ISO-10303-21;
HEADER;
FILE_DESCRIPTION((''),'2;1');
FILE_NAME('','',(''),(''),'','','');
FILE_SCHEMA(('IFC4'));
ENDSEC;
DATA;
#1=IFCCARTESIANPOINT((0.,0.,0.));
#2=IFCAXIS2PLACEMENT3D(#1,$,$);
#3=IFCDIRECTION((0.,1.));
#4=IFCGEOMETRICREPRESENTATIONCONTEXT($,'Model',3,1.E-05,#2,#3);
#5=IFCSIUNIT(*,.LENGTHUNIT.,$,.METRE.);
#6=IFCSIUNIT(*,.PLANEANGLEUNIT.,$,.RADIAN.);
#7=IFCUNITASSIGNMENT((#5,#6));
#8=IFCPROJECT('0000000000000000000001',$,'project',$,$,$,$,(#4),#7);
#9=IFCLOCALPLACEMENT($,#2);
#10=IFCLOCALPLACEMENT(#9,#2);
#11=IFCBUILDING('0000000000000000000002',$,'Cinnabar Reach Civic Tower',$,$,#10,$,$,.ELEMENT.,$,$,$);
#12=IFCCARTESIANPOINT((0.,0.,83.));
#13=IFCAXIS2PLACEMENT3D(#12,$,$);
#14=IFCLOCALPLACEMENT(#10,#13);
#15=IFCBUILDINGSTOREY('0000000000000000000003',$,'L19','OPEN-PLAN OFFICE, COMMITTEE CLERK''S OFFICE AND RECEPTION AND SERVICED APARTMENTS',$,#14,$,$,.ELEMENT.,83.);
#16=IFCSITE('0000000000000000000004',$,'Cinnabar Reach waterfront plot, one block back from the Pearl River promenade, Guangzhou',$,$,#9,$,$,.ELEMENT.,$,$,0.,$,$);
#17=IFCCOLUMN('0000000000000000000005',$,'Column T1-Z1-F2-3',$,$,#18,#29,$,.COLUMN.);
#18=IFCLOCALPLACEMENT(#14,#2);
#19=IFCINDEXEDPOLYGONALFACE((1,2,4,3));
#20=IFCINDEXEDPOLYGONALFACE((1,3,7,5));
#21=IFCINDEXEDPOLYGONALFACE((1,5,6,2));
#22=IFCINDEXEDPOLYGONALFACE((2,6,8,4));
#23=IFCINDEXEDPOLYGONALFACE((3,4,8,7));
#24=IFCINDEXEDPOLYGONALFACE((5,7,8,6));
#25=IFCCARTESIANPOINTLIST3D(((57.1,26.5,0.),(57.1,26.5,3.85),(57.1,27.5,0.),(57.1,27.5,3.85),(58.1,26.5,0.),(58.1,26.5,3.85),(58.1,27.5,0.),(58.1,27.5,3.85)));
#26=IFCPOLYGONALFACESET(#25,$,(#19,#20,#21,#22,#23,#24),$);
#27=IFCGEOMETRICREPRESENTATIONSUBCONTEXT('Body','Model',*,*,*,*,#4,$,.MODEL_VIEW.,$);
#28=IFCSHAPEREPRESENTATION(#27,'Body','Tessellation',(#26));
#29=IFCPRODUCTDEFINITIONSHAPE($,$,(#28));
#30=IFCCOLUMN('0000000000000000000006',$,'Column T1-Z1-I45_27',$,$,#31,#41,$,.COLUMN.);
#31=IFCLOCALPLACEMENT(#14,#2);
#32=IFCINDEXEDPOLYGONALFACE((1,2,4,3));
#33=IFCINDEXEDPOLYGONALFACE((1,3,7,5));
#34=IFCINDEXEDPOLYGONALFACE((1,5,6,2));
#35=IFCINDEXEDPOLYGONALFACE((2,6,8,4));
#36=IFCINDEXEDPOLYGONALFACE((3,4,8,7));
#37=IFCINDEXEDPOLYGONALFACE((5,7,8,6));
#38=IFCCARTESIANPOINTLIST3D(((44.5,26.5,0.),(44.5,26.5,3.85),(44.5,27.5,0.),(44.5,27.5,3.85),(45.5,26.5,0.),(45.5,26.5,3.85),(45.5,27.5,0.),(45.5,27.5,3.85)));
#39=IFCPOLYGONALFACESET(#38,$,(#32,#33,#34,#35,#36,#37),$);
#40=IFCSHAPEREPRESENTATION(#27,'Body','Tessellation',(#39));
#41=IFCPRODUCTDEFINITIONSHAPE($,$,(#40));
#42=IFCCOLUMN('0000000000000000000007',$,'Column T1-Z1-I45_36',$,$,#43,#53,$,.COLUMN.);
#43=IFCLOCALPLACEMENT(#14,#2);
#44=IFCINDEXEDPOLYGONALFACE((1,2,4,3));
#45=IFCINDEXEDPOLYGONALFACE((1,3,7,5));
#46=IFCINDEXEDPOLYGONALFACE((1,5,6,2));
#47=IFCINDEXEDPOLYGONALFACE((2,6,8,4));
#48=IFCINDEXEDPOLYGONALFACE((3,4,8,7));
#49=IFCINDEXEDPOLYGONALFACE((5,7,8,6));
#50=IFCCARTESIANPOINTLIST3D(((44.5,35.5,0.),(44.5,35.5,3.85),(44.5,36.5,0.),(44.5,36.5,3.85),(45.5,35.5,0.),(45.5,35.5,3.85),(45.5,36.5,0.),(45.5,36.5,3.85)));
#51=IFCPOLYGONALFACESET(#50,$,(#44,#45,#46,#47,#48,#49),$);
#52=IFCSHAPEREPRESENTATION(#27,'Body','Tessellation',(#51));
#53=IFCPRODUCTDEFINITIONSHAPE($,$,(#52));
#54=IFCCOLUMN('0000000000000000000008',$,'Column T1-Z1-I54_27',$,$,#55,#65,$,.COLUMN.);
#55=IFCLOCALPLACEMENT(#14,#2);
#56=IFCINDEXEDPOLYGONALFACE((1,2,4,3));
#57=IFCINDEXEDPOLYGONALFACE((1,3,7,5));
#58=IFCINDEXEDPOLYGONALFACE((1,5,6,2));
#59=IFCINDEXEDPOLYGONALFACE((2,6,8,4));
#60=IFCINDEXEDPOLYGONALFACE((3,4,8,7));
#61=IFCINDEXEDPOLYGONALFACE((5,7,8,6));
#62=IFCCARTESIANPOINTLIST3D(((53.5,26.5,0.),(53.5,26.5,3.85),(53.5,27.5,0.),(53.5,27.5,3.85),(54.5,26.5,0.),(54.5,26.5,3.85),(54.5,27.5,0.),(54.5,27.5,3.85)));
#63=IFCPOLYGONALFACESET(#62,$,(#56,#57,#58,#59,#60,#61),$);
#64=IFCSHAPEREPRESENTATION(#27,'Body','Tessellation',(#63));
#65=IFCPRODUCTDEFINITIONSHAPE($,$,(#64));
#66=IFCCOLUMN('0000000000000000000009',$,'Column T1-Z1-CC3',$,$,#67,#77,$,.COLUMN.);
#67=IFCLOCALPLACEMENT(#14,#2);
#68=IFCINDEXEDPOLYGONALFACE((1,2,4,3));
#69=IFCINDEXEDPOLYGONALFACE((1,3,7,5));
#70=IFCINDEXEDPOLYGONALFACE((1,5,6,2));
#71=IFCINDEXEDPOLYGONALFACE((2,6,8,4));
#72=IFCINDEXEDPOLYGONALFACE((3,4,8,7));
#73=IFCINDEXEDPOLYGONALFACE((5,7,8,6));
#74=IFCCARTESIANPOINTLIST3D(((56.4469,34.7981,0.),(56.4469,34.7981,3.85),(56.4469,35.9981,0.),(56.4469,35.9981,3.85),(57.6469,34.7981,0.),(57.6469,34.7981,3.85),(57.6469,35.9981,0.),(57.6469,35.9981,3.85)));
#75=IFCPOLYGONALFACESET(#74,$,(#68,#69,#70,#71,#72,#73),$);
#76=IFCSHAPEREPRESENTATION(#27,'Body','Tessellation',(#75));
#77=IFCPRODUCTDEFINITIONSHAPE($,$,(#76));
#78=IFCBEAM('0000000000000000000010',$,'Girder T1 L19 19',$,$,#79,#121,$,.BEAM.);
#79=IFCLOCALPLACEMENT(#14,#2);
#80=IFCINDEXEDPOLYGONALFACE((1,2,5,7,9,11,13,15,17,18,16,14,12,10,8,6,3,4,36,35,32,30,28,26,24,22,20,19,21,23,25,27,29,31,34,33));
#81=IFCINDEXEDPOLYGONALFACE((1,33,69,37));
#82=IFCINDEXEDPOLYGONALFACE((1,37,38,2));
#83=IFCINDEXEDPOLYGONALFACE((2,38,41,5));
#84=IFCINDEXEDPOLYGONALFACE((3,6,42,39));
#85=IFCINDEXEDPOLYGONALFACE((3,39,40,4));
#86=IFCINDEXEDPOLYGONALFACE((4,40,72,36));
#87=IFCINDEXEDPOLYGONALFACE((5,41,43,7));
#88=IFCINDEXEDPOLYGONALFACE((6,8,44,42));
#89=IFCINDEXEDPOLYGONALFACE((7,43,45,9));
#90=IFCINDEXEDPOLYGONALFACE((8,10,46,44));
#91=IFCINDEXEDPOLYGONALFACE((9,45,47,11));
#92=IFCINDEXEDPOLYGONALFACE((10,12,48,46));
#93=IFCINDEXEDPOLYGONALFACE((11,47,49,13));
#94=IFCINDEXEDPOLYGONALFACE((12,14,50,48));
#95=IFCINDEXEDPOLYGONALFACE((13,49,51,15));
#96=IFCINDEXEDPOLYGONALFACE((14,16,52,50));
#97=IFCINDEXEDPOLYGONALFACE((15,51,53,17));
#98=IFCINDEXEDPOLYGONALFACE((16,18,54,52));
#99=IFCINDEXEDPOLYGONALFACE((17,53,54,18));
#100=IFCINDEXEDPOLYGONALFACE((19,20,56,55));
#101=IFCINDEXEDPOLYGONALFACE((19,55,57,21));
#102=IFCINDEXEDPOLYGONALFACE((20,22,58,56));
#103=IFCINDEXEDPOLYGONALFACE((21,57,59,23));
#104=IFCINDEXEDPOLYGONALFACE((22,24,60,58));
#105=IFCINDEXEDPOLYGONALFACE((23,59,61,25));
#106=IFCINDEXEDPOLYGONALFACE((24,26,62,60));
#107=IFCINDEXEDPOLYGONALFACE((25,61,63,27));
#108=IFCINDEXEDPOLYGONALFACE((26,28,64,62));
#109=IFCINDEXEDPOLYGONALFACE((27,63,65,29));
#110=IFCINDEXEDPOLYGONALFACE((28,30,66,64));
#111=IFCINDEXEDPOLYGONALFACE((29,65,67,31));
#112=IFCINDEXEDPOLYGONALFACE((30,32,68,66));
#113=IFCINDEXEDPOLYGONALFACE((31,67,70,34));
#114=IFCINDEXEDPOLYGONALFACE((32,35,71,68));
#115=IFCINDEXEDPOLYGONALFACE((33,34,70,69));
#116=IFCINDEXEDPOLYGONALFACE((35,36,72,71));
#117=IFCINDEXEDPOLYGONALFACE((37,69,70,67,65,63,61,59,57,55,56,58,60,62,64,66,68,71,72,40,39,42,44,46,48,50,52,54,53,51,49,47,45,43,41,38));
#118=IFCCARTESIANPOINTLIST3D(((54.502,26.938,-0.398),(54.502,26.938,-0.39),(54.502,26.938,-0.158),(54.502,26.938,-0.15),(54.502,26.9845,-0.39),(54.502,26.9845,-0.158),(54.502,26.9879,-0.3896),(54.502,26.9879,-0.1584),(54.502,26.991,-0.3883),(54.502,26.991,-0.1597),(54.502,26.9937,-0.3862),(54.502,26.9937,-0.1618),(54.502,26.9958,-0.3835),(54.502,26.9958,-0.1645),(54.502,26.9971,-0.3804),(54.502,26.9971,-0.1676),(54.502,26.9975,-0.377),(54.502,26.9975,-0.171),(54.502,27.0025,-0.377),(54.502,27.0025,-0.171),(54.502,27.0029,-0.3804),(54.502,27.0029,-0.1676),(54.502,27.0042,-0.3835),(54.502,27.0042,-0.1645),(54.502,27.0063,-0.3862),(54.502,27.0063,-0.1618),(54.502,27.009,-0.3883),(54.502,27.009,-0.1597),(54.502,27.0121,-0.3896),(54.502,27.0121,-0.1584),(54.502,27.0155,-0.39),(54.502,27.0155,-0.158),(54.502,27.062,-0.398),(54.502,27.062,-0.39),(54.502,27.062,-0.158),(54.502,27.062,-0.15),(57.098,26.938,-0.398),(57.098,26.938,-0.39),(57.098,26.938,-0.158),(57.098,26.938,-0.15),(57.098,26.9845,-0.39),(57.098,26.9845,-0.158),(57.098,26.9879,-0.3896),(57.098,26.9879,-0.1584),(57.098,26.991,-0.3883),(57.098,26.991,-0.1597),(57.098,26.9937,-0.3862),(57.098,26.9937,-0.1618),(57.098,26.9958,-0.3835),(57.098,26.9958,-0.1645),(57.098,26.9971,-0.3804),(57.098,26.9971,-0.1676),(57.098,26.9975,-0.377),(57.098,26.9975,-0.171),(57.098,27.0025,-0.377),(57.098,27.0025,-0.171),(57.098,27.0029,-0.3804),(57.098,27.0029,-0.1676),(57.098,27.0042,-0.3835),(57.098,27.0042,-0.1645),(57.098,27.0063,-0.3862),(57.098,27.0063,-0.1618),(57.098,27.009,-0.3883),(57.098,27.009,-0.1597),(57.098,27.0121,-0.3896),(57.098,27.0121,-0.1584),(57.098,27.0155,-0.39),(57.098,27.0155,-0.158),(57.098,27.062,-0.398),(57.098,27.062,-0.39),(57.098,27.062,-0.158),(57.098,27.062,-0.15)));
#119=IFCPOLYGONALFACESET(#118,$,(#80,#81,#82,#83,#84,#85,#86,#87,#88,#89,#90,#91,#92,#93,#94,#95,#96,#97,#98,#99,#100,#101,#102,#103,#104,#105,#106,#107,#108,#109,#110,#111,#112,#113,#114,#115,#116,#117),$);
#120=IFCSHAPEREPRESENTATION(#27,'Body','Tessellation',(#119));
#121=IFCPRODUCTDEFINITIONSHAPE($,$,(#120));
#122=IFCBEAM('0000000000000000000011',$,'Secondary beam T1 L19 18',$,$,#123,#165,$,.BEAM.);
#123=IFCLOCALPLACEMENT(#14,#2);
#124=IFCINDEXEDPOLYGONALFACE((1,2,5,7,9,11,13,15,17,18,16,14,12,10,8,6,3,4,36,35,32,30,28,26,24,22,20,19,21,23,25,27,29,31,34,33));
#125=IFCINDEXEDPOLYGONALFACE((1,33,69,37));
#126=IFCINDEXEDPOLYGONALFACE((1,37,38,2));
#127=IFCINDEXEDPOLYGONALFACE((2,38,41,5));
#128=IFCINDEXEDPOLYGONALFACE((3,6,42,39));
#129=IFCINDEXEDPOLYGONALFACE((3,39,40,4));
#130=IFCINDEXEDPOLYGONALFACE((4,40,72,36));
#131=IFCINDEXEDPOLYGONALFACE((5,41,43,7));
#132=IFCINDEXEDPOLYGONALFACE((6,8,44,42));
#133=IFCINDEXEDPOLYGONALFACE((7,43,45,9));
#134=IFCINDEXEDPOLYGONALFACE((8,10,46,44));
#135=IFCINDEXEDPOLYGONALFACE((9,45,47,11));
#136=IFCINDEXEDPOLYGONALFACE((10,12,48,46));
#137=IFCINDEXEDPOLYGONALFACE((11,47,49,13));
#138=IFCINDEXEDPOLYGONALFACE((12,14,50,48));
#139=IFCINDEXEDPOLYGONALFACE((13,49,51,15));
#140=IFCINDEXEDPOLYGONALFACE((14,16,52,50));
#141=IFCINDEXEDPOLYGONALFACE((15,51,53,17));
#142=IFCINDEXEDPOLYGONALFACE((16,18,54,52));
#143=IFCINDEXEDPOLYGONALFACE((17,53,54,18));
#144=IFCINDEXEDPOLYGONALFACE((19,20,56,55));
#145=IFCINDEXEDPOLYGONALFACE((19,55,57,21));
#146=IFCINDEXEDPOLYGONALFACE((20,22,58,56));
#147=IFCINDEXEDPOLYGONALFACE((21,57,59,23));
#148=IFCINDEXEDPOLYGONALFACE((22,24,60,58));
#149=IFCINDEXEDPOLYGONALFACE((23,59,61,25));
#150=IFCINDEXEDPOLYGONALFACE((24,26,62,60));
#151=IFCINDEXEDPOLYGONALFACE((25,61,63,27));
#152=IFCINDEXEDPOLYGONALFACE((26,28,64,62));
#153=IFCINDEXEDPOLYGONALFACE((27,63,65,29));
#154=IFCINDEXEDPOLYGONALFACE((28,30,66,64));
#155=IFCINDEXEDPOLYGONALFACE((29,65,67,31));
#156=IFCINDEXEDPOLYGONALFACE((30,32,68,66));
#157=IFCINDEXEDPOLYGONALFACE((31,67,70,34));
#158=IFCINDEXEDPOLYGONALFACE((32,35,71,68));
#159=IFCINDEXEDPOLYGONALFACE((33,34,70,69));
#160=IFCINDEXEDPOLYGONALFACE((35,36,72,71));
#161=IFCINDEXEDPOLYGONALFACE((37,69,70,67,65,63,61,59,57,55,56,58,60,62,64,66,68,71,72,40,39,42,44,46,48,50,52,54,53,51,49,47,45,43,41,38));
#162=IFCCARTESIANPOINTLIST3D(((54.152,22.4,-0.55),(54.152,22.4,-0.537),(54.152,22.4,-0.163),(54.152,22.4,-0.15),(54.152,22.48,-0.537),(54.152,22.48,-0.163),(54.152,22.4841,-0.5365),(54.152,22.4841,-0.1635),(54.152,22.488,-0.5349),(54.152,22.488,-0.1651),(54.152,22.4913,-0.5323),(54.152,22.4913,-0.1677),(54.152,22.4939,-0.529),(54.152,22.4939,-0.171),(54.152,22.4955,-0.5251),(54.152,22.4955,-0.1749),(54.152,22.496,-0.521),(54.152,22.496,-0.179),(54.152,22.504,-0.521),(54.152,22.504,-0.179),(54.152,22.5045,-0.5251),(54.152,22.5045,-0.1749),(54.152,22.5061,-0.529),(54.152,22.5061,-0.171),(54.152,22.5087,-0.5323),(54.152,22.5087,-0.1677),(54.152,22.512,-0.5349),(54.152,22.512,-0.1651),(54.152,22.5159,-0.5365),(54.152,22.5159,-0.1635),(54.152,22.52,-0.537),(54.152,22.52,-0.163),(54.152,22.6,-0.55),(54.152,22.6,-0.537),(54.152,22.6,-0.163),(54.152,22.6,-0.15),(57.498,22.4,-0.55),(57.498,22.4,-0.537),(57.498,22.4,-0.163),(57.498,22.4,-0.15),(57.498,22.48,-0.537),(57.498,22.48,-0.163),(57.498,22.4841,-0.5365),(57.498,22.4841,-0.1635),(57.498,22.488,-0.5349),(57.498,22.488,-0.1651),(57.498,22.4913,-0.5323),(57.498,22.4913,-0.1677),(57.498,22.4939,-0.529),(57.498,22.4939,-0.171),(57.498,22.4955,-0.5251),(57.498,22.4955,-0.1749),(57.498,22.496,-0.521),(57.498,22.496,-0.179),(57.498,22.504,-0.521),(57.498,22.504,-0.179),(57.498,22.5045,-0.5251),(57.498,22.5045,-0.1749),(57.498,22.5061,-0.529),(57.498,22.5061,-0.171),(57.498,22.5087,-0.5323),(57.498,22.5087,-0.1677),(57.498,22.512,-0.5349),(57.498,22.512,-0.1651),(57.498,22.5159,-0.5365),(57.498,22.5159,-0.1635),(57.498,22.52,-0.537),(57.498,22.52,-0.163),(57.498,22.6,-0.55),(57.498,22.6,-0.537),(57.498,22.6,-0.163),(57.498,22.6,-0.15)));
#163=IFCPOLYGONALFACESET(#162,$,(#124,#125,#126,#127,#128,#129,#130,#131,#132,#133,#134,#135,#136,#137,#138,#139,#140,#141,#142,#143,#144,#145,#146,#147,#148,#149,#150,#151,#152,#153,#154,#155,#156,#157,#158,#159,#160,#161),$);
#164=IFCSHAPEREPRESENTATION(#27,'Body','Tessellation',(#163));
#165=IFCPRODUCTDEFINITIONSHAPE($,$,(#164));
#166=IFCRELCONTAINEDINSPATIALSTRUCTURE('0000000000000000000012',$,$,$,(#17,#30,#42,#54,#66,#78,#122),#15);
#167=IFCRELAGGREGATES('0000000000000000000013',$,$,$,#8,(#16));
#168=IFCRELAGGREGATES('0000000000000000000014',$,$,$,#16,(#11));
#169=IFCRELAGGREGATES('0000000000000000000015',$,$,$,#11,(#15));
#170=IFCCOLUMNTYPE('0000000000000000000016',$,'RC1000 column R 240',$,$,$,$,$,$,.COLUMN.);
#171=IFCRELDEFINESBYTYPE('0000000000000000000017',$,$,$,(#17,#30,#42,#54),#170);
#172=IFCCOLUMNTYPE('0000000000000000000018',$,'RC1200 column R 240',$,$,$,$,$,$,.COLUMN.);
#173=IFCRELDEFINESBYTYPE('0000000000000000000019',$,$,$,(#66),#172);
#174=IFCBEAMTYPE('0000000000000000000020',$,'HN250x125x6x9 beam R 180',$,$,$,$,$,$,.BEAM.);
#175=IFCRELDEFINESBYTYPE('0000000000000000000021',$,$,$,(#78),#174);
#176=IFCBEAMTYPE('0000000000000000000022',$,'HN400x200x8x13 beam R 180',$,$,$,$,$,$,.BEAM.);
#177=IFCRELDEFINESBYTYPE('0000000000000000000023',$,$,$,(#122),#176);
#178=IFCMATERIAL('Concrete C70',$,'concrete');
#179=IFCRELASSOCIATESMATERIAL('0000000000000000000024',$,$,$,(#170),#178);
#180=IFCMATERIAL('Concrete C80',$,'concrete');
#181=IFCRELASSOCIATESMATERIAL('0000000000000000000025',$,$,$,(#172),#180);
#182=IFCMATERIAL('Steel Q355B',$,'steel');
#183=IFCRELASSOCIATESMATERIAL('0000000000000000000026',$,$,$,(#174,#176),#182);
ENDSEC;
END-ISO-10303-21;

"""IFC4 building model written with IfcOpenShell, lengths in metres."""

from ifc_helpers import new_model, si_unit, direction, frame, origin, origin_2d, place, context, subcontext, project, spatial, rectangle, i_section, extrude, material, material_profile, profile_set, type_object, element, save


model = new_model("IFC4")

# Units and contexts
model_context = context("Model", 3, precision=1e-05, world=origin(), true_north=direction((0.0, 1.0)))
body_context = subcontext(model_context, "Body", "Model", "MODEL_VIEW")
ifc_project = project(units=[si_unit("LENGTHUNIT", "METRE"), si_unit("PLANEANGLEUNIT", "RADIAN")], contexts=[model_context])

# Site, building, storey
site_placement = place(None, origin())
site = spatial("IfcSite", under=ifc_project, at=site_placement, Name="Cinnabar Reach waterfront plot, one block back from the Pearl River promenade, Guangzhou", CompositionType="ELEMENT", RefElevation=0.0)
building_placement = place(site_placement, origin())
building = spatial("IfcBuilding", under=site, at=building_placement, Name="Cinnabar Reach Civic Tower", CompositionType="ELEMENT")
storey_placement = place(building_placement, frame((0.0, 0.0, 83.0)))
storey = spatial("IfcBuildingStorey", under=building, at=storey_placement, Name="L19", Description="OPEN-PLAN OFFICE, COMMITTEE CLERK'S OFFICE AND RECEPTION AND SERVICED APARTMENTS", CompositionType="ELEMENT", Elevation=83.0)

# Columns
ifc_material_1 = material(Name="Concrete C70", Category="concrete")
ifc_material_profile_1 = material_profile(ifc_material_1, rectangle(XDim=1.0, YDim=1.0, at=origin_2d()), Name="RC1000")
ifc_profile_set_1 = profile_set([ifc_material_profile_1], Name="Concrete C70")
column_type_1 = type_object("IfcColumnType", Name="RC1000 column R 240", PredefinedType="COLUMN", material=ifc_profile_set_1)
for number, where, z_axis, x_axis, name in (
    (1, (57.6, 27.0, 0.0), (0.0, 0.0, 1.0), (1.0, 0.0, 0.0), "Column T1-Z1-F2-3"),
    (2, (45.0, 27.0, 0.0), (0.0, 0.0, 1.0), (1.0, 0.0, 0.0), "Column T1-Z1-I45_27"),
    (3, (45.0, 36.0, 0.0), (0.0, 0.0, 1.0), (1.0, 0.0, 0.0), "Column T1-Z1-I45_36"),
    (4, (54.0, 27.0, 0.0), (0.0, 0.0, 1.0), (1.0, 0.0, 0.0), "Column T1-Z1-I54_27"),
):
    element("IfcColumn", number, at=place(storey_placement, frame(where, z_axis=z_axis, x_axis=x_axis)), inside=storey, type_object=column_type_1, Name=name, PredefinedType="COLUMN", context=body_context, shape_type="SweptSolid", body=[
        extrude(rectangle(XDim=1.0, YDim=1.0, at=origin_2d()), origin(), (0.0, 0.0, 1.0), 3.85),
    ])
ifc_material_2 = material(Name="Concrete C80", Category="concrete")
ifc_material_profile_2 = material_profile(ifc_material_2, rectangle(XDim=1.2, YDim=1.2, at=origin_2d()), Name="RC1200")
ifc_profile_set_2 = profile_set([ifc_material_profile_2], Name="Concrete C80")
column_type_2 = type_object("IfcColumnType", Name="RC1200 column R 240", PredefinedType="COLUMN", material=ifc_profile_set_2)
column_placement = place(storey_placement, frame((57.0469, 35.3981, 0.0), z_axis=(0.0, 0.0, 1.0), x_axis=(1.0, 0.0, 0.0)))
element("IfcColumn", 5, at=column_placement, inside=storey, type_object=column_type_2, Name="Column T1-Z1-CC3", PredefinedType="COLUMN", context=body_context, shape_type="SweptSolid", body=[
    extrude(rectangle(XDim=1.2, YDim=1.2, at=origin_2d()), origin(), (0.0, 0.0, 1.0), 3.85),
])

# Beams
ifc_material_3 = material(Name="Steel Q355B", Category="steel")
ifc_material_profile_3 = material_profile(ifc_material_3, i_section(OverallWidth=0.124, OverallDepth=0.248, WebThickness=0.005, FlangeThickness=0.008, FilletRadius=0.013, at=origin_2d()), Name="HN250x125x6x9")
ifc_profile_set_3 = profile_set([ifc_material_profile_3], Name="Steel Q355B")
beam_type_1 = type_object("IfcBeamType", Name="HN250x125x6x9 beam R 180", PredefinedType="BEAM", material=ifc_profile_set_3)
beam_1_placement = place(storey_placement, frame((54.502, 27.0, -0.274), z_axis=(1.0, 0.0, 0.0), x_axis=(0.0, 1.0, 0.0)))
element("IfcBeam", 6, at=beam_1_placement, inside=storey, type_object=beam_type_1, Name="Girder T1 L19 19", PredefinedType="BEAM", context=body_context, shape_type="SweptSolid", body=[
    extrude(i_section(OverallWidth=0.124, OverallDepth=0.248, WebThickness=0.005, FlangeThickness=0.008, FilletRadius=0.013, at=origin_2d()), origin(), (0.0, 0.0, 1.0), 2.596),
])
ifc_material_profile_4 = material_profile(ifc_material_3, i_section(OverallWidth=0.2, OverallDepth=0.4, WebThickness=0.008, FlangeThickness=0.013, FilletRadius=0.016, at=origin_2d()), Name="HN400x200x8x13")
ifc_profile_set_4 = profile_set([ifc_material_profile_4], Name="Steel Q355B")
beam_type_2 = type_object("IfcBeamType", Name="HN400x200x8x13 beam R 180", PredefinedType="BEAM", material=ifc_profile_set_4)
beam_2_placement = place(storey_placement, frame((54.152, 22.5, -0.35), z_axis=(1.0, 0.0, 0.0), x_axis=(0.0, 1.0, 0.0)))
element("IfcBeam", 7, at=beam_2_placement, inside=storey, type_object=beam_type_2, Name="Secondary beam T1 L19 18", PredefinedType="BEAM", context=body_context, shape_type="SweptSolid", body=[
    extrude(i_section(OverallWidth=0.2, OverallDepth=0.4, WebThickness=0.008, FlangeThickness=0.013, FilletRadius=0.016, at=origin_2d()), origin(), (0.0, 0.0, 1.0), 3.346),
])

save(model, "model.ifc")
